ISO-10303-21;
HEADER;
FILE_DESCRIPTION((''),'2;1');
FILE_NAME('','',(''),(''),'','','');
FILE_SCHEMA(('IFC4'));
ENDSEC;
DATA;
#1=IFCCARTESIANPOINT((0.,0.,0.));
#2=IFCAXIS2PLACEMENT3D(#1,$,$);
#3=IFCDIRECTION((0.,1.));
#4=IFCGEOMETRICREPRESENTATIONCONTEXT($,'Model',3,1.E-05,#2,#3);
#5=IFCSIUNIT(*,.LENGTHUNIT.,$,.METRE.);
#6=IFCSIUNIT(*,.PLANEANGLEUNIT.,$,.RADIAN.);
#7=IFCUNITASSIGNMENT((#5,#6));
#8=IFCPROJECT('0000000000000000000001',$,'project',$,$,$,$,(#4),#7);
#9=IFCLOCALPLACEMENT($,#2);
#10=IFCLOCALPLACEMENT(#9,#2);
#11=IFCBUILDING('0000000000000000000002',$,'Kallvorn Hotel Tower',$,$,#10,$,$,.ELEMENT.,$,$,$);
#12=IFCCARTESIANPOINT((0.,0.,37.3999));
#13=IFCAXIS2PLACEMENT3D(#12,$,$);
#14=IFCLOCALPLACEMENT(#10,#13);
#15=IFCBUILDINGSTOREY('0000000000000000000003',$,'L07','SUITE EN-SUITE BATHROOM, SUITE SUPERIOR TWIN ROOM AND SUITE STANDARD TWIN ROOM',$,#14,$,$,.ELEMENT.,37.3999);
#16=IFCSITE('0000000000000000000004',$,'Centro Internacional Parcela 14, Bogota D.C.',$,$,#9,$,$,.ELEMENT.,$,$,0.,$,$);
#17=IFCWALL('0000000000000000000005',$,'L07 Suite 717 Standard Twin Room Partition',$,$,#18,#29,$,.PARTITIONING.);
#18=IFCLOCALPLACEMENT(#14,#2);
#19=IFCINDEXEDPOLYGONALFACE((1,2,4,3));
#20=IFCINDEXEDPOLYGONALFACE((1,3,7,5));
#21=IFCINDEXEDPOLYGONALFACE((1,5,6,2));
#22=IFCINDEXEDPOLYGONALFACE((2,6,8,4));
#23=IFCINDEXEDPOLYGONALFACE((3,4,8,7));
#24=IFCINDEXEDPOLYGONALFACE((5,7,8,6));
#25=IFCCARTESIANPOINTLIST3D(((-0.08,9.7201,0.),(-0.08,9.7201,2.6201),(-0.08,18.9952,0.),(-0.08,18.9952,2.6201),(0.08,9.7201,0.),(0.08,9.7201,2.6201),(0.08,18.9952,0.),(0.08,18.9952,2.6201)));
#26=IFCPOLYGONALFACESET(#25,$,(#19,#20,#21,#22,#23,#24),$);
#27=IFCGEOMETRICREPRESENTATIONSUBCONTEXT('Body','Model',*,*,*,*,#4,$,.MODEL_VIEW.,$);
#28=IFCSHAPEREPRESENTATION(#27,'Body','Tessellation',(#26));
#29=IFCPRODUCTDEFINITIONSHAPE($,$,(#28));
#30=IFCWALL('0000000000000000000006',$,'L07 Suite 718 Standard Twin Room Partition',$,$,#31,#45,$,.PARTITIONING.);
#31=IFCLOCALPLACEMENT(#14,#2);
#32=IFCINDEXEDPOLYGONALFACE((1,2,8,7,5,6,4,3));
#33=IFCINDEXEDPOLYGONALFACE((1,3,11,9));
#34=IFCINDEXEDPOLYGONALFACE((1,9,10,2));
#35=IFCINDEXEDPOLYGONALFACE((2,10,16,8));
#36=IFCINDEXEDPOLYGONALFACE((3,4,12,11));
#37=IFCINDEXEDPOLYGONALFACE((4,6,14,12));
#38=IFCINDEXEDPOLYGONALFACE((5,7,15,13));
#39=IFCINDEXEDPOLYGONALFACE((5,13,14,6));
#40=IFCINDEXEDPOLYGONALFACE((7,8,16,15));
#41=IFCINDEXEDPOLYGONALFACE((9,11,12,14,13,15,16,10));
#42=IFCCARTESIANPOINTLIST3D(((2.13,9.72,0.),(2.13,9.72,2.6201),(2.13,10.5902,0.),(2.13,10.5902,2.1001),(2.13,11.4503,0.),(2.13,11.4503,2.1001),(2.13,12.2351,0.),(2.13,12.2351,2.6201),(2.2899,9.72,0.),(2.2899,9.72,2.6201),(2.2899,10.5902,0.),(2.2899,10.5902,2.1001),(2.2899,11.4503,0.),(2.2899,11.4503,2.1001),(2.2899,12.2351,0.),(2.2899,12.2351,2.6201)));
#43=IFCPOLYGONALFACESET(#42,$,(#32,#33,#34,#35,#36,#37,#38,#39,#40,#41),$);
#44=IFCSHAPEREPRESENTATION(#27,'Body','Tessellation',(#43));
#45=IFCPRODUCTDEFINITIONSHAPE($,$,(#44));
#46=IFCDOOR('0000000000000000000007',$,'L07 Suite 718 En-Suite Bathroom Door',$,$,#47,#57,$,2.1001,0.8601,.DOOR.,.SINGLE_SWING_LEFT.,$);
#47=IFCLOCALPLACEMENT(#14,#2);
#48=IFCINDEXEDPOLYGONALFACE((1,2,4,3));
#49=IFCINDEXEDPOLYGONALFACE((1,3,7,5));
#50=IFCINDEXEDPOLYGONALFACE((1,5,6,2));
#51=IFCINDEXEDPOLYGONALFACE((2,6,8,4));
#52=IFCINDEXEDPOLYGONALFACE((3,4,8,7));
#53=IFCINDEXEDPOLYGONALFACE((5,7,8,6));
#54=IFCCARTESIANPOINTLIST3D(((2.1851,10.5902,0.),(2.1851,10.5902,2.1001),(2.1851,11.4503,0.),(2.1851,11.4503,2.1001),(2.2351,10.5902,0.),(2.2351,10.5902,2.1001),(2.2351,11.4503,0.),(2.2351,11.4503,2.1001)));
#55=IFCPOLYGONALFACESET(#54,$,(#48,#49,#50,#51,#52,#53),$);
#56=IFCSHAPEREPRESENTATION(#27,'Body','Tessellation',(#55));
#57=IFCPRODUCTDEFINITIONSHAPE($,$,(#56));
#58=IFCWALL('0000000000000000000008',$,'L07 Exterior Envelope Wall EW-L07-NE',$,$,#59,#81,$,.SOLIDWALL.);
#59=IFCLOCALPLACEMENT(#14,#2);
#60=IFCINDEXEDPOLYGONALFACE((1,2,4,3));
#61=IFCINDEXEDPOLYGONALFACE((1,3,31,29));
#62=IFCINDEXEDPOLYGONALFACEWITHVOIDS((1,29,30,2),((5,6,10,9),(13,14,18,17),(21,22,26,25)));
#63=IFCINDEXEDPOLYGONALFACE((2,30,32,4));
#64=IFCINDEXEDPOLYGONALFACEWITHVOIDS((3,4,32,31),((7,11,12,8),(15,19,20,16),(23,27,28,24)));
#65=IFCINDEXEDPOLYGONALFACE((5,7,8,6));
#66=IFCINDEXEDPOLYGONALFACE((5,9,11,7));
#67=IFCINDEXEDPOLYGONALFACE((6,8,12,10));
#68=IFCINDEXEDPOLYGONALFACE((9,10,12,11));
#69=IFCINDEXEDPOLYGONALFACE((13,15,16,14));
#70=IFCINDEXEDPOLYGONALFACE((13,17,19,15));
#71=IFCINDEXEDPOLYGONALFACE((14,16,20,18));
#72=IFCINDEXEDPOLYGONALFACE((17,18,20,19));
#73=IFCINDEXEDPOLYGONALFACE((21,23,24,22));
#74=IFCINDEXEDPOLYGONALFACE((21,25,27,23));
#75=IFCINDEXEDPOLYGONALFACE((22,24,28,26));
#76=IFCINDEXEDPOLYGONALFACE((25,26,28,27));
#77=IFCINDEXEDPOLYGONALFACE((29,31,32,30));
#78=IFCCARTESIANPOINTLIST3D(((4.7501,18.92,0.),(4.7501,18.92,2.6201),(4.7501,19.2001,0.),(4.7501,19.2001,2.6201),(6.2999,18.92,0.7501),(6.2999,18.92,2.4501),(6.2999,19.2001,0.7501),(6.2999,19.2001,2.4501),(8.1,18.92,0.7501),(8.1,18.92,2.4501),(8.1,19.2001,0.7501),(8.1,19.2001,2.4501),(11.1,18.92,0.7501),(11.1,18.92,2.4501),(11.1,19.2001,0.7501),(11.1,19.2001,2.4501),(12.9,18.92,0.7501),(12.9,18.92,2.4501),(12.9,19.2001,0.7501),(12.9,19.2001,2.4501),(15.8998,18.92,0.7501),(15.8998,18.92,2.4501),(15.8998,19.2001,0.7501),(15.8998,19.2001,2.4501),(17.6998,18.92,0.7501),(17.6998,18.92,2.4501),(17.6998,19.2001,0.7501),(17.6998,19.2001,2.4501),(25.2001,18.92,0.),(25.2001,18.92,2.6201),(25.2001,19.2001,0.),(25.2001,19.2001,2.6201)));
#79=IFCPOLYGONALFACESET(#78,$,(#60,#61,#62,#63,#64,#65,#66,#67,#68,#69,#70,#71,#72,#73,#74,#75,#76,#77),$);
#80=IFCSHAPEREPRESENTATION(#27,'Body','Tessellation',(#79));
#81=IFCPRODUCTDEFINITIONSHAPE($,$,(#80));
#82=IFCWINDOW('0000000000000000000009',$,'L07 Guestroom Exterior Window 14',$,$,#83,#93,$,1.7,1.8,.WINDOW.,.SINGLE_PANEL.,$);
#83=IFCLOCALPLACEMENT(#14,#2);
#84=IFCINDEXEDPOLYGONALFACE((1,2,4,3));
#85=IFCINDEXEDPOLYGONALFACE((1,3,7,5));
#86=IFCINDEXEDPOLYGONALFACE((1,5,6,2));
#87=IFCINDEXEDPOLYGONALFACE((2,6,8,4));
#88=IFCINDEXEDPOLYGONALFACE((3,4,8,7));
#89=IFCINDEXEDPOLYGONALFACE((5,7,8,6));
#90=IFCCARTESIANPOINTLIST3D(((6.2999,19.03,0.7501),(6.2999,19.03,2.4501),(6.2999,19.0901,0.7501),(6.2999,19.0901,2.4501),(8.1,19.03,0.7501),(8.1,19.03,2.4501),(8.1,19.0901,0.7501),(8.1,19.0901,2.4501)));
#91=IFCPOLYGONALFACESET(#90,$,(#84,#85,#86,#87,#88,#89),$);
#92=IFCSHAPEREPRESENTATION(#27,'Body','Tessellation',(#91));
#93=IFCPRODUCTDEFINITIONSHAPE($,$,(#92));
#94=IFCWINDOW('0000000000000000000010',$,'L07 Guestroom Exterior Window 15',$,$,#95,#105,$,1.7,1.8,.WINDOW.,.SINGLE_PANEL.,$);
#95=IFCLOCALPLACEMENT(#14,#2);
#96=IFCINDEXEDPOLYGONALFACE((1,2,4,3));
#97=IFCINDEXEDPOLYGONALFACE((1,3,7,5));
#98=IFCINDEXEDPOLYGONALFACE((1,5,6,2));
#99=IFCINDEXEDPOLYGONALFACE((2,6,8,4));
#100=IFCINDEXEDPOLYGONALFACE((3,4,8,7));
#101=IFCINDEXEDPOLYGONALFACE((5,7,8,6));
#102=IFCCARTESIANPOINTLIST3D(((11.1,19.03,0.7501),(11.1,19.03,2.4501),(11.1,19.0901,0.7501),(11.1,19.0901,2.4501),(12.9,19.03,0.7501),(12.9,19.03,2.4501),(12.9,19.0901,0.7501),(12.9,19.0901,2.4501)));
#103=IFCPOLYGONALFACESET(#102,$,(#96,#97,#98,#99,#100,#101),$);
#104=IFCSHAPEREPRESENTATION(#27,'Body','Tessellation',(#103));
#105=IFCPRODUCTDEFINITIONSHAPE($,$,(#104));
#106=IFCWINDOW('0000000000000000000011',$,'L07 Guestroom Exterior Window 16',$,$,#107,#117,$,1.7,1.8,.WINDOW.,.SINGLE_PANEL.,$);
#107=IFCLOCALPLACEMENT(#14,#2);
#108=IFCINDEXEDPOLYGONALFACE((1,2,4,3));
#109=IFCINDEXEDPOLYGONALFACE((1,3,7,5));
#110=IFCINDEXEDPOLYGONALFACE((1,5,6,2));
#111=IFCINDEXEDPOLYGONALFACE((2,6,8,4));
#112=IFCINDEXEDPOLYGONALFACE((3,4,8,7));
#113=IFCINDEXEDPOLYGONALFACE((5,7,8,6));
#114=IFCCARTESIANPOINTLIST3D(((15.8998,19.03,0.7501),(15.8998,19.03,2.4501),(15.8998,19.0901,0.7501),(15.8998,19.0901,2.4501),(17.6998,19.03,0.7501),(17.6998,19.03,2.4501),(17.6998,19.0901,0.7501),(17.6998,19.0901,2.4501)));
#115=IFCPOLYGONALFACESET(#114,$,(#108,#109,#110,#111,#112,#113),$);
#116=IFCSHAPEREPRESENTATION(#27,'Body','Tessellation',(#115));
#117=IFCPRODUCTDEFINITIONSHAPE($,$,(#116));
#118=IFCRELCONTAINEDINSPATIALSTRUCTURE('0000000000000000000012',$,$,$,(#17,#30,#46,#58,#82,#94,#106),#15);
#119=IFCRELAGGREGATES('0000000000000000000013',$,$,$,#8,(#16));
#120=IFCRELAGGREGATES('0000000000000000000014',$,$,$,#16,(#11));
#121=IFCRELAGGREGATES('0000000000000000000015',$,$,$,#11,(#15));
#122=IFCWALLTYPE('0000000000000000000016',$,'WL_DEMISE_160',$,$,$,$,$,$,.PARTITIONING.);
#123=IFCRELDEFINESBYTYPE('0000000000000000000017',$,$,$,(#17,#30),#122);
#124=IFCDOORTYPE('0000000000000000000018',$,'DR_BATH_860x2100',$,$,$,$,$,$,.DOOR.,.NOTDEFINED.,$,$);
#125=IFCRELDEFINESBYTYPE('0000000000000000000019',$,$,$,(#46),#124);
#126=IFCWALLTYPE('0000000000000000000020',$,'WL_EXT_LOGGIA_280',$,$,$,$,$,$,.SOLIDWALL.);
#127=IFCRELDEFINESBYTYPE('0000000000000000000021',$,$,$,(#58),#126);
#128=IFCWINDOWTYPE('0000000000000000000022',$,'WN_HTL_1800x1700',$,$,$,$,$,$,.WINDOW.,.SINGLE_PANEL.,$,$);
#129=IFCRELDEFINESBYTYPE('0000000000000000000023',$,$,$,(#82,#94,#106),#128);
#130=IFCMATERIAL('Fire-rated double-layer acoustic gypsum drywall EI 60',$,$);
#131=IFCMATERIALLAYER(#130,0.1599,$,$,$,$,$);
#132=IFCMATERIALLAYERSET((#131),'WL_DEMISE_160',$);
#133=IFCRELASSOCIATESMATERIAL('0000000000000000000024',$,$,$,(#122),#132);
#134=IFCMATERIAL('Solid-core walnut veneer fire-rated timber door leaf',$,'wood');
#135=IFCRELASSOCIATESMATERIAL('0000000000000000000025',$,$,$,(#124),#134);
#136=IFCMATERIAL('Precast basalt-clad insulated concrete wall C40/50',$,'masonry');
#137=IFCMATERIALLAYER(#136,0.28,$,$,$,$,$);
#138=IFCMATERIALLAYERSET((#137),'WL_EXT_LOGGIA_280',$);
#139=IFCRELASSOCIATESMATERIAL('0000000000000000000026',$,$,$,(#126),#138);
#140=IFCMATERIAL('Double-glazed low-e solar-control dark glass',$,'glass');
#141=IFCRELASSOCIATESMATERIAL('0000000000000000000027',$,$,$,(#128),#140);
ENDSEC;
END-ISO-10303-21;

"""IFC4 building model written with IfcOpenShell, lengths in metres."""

from ifc_helpers import new_model, si_unit, direction, frame, frame_2d, origin, place, context, subcontext, project, spatial, rectangle, extrude, material, layer, layer_set, type_object, element, fill, save


model = new_model("IFC4")

# Units and contexts
model_context = context("Model", 3, precision=1e-05, world=origin(), true_north=direction((0.0, 1.0)))
body_context = subcontext(model_context, "Body", "Model", "MODEL_VIEW")
ifc_project = project(units=[si_unit("LENGTHUNIT", "METRE"), si_unit("PLANEANGLEUNIT", "RADIAN")], contexts=[model_context])

# Site, building, storey
site_placement = place(None, origin())
site = spatial("IfcSite", under=ifc_project, at=site_placement, Name="Centro Internacional Parcela 14, Bogota D.C.", CompositionType="ELEMENT", RefElevation=0.0)
building_placement = place(site_placement, origin())
building = spatial("IfcBuilding", under=site, at=building_placement, Name="Kallvorn Hotel Tower", CompositionType="ELEMENT")
storey_placement = place(building_placement, frame((0.0, 0.0, 37.3999)))
storey = spatial("IfcBuildingStorey", under=building, at=storey_placement, Name="L07", Description="SUITE EN-SUITE BATHROOM, SUITE SUPERIOR TWIN ROOM AND SUITE STANDARD TWIN ROOM", CompositionType="ELEMENT", Elevation=37.3999)

# Shared definitions
ifc_material_1 = material(Name="Fire-rated double-layer acoustic gypsum drywall EI 60")
ifc_layer_1 = layer(ifc_material_1, 0.1599)
ifc_layer_set_1 = layer_set([ifc_layer_1], Name="WL_DEMISE_160")
wall_type_1 = type_object("IfcWallType", Name="WL_DEMISE_160", PredefinedType="PARTITIONING", material=ifc_layer_set_1)

# Shared definitions
ifc_material_2 = material(Name="Solid-core walnut veneer fire-rated timber door leaf", Category="wood")
door_type = type_object("IfcDoorType", Name="DR_BATH_860x2100", OperationType="NOTDEFINED", PredefinedType="DOOR", material=ifc_material_2)

# Wall
wall_1_placement = place(storey_placement, frame((0.0, 9.72, 0.0), z_axis=(0.0, 0.0, 1.0), x_axis=(0.0, 1.0, 0.0)))
element("IfcWall", 1, at=wall_1_placement, inside=storey, type_object=wall_type_1, Name="L07 Suite 717 Standard Twin Room Partition", PredefinedType="PARTITIONING", context=body_context, shape_type="SweptSolid", body=[
    extrude(rectangle(XDim=9.2751, YDim=0.1599, at=frame_2d((4.6377, 0.0))), origin(), (0.0, 0.0, 1.0), 2.6201),
])

# Wall, opening, door
wall_2_placement = place(storey_placement, frame((2.21, 9.72, 0.0), z_axis=(0.0, 0.0, 1.0), x_axis=(0.0, 1.0, 0.0)))
wall_2 = element("IfcWall", 2, at=wall_2_placement, inside=storey, type_object=wall_type_1, Name="L07 Suite 718 Standard Twin Room Partition", PredefinedType="PARTITIONING", context=body_context, shape_type="SweptSolid", body=[
    extrude(rectangle(XDim=2.5151, YDim=0.1599, at=frame_2d((1.2576, 0.0))), origin(), (0.0, 0.0, 1.0), 2.6201),
])
opening_1_placement = place(wall_2_placement, frame((0.8701, 0.0, 0.0)))
opening_1 = element("IfcOpeningElement", 3, at=opening_1_placement, cuts=wall_2, PredefinedType="OPENING", context=body_context, shape_type="SweptSolid", body=[
    extrude(rectangle(XDim=0.8601, YDim=2.1001, at=frame_2d((0.4302, 1.05))), frame((0.0, 0.095, 0.0), z_axis=(0.0, -1.0, 0.0), x_axis=(1.0, 0.0, 0.0)), (0.0, 0.0, 1.0), 0.1899),
])
door_1_placement = place(opening_1_placement, origin())
door_1 = element("IfcDoor", 4, at=door_1_placement, inside=storey, type_object=door_type, Name="L07 Suite 718 En-Suite Bathroom Door", OperationType="SINGLE_SWING_LEFT", OverallHeight=2.1001, OverallWidth=0.8601, PredefinedType="DOOR", context=body_context, shape_type="SweptSolid", body=[
    extrude(rectangle(XDim=0.8601, YDim=2.1001, at=frame_2d((0.4302, 1.05))), frame((0.0, 0.0249, 0.0), z_axis=(0.0, -1.0, 0.0), x_axis=(1.0, 0.0, 0.0)), (0.0, 0.0, 1.0), 0.05),
])
fill(opening_1, door_1)

# Wall, openings, windows
ifc_material_3 = material(Name="Precast basalt-clad insulated concrete wall C40/50", Category="masonry")
ifc_layer_2 = layer(ifc_material_3, 0.28)
ifc_layer_set_2 = layer_set([ifc_layer_2], Name="WL_EXT_LOGGIA_280")
wall_type_2 = type_object("IfcWallType", Name="WL_EXT_LOGGIA_280", PredefinedType="SOLIDWALL", material=ifc_layer_set_2)
wall_3_placement = place(storey_placement, frame((4.75, 19.0601, 0.0), z_axis=(0.0, 0.0, 1.0), x_axis=(1.0, 0.0, 0.0)))
wall_3 = element("IfcWall", 5, at=wall_3_placement, inside=storey, type_object=wall_type_2, Name="L07 Exterior Envelope Wall EW-L07-NE", PredefinedType="SOLIDWALL", context=body_context, shape_type="SweptSolid", body=[
    extrude(rectangle(XDim=20.45, YDim=0.28, at=frame_2d((10.2251, 0.0))), origin(), (0.0, 0.0, 1.0), 2.6201),
])
opening_2_placement = place(wall_3_placement, frame((1.55, 0.0, 0.75)))
opening_2 = element("IfcOpeningElement", 6, at=opening_2_placement, cuts=wall_3, PredefinedType="OPENING", context=body_context, shape_type="SweptSolid", body=[
    extrude(rectangle(XDim=1.8, YDim=1.7, at=frame_2d((0.8999, 0.8501))), frame((0.0, 0.155, 0.0), z_axis=(0.0, -1.0, 0.0), x_axis=(1.0, 0.0, 0.0)), (0.0, 0.0, 1.0), 0.3101),
])
opening_3_placement = place(wall_3_placement, frame((6.3501, 0.0, 0.75)))
opening_3 = element("IfcOpeningElement", 7, at=opening_3_placement, cuts=wall_3, PredefinedType="OPENING", context=body_context, shape_type="SweptSolid", body=[
    extrude(rectangle(XDim=1.8, YDim=1.7, at=frame_2d((0.8999, 0.8501))), frame((0.0, 0.155, 0.0), z_axis=(0.0, -1.0, 0.0), x_axis=(1.0, 0.0, 0.0)), (0.0, 0.0, 1.0), 0.3101),
])
opening_4_placement = place(wall_3_placement, frame((11.1499, 0.0, 0.75)))
opening_4 = element("IfcOpeningElement", 8, at=opening_4_placement, cuts=wall_3, PredefinedType="OPENING", context=body_context, shape_type="SweptSolid", body=[
    extrude(rectangle(XDim=1.8, YDim=1.7, at=frame_2d((0.8999, 0.8501))), frame((0.0, 0.155, 0.0), z_axis=(0.0, -1.0, 0.0), x_axis=(1.0, 0.0, 0.0)), (0.0, 0.0, 1.0), 0.3101),
])
ifc_material_4 = material(Name="Double-glazed low-e solar-control dark glass", Category="glass")
window_type = type_object("IfcWindowType", Name="WN_HTL_1800x1700", PartitioningType="SINGLE_PANEL", PredefinedType="WINDOW", material=ifc_material_4)
window_1_placement = place(opening_2_placement, origin())
window_1 = element("IfcWindow", 9, at=window_1_placement, inside=storey, type_object=window_type, Name="L07 Guestroom Exterior Window 14", OverallHeight=1.7, OverallWidth=1.8, PartitioningType="SINGLE_PANEL", PredefinedType="WINDOW", context=body_context, shape_type="SweptSolid", body=[
    extrude(rectangle(XDim=1.8, YDim=1.7, at=frame_2d((0.8999, 0.8501))), frame((0.0, 0.03, 0.0), z_axis=(0.0, -1.0, 0.0), x_axis=(1.0, 0.0, 0.0)), (0.0, 0.0, 1.0), 0.0601),
])
fill(opening_2, window_1)
window_2_placement = place(opening_3_placement, origin())
window_2 = element("IfcWindow", 10, at=window_2_placement, inside=storey, type_object=window_type, Name="L07 Guestroom Exterior Window 15", OverallHeight=1.7, OverallWidth=1.8, PartitioningType="SINGLE_PANEL", PredefinedType="WINDOW", context=body_context, shape_type="SweptSolid", body=[
    extrude(rectangle(XDim=1.8, YDim=1.7, at=frame_2d((0.8999, 0.8501))), frame((0.0, 0.03, 0.0), z_axis=(0.0, -1.0, 0.0), x_axis=(1.0, 0.0, 0.0)), (0.0, 0.0, 1.0), 0.0601),
])
fill(opening_3, window_2)
window_3_placement = place(opening_4_placement, origin())
window_3 = element("IfcWindow", 11, at=window_3_placement, inside=storey, type_object=window_type, Name="L07 Guestroom Exterior Window 16", OverallHeight=1.7, OverallWidth=1.8, PartitioningType="SINGLE_PANEL", PredefinedType="WINDOW", context=body_context, shape_type="SweptSolid", body=[
    extrude(rectangle(XDim=1.8, YDim=1.7, at=frame_2d((0.8999, 0.8501))), frame((0.0, 0.03, 0.0), z_axis=(0.0, -1.0, 0.0), x_axis=(1.0, 0.0, 0.0)), (0.0, 0.0, 1.0), 0.0601),
])
fill(opening_4, window_3)

save(model, "model.ifc")
